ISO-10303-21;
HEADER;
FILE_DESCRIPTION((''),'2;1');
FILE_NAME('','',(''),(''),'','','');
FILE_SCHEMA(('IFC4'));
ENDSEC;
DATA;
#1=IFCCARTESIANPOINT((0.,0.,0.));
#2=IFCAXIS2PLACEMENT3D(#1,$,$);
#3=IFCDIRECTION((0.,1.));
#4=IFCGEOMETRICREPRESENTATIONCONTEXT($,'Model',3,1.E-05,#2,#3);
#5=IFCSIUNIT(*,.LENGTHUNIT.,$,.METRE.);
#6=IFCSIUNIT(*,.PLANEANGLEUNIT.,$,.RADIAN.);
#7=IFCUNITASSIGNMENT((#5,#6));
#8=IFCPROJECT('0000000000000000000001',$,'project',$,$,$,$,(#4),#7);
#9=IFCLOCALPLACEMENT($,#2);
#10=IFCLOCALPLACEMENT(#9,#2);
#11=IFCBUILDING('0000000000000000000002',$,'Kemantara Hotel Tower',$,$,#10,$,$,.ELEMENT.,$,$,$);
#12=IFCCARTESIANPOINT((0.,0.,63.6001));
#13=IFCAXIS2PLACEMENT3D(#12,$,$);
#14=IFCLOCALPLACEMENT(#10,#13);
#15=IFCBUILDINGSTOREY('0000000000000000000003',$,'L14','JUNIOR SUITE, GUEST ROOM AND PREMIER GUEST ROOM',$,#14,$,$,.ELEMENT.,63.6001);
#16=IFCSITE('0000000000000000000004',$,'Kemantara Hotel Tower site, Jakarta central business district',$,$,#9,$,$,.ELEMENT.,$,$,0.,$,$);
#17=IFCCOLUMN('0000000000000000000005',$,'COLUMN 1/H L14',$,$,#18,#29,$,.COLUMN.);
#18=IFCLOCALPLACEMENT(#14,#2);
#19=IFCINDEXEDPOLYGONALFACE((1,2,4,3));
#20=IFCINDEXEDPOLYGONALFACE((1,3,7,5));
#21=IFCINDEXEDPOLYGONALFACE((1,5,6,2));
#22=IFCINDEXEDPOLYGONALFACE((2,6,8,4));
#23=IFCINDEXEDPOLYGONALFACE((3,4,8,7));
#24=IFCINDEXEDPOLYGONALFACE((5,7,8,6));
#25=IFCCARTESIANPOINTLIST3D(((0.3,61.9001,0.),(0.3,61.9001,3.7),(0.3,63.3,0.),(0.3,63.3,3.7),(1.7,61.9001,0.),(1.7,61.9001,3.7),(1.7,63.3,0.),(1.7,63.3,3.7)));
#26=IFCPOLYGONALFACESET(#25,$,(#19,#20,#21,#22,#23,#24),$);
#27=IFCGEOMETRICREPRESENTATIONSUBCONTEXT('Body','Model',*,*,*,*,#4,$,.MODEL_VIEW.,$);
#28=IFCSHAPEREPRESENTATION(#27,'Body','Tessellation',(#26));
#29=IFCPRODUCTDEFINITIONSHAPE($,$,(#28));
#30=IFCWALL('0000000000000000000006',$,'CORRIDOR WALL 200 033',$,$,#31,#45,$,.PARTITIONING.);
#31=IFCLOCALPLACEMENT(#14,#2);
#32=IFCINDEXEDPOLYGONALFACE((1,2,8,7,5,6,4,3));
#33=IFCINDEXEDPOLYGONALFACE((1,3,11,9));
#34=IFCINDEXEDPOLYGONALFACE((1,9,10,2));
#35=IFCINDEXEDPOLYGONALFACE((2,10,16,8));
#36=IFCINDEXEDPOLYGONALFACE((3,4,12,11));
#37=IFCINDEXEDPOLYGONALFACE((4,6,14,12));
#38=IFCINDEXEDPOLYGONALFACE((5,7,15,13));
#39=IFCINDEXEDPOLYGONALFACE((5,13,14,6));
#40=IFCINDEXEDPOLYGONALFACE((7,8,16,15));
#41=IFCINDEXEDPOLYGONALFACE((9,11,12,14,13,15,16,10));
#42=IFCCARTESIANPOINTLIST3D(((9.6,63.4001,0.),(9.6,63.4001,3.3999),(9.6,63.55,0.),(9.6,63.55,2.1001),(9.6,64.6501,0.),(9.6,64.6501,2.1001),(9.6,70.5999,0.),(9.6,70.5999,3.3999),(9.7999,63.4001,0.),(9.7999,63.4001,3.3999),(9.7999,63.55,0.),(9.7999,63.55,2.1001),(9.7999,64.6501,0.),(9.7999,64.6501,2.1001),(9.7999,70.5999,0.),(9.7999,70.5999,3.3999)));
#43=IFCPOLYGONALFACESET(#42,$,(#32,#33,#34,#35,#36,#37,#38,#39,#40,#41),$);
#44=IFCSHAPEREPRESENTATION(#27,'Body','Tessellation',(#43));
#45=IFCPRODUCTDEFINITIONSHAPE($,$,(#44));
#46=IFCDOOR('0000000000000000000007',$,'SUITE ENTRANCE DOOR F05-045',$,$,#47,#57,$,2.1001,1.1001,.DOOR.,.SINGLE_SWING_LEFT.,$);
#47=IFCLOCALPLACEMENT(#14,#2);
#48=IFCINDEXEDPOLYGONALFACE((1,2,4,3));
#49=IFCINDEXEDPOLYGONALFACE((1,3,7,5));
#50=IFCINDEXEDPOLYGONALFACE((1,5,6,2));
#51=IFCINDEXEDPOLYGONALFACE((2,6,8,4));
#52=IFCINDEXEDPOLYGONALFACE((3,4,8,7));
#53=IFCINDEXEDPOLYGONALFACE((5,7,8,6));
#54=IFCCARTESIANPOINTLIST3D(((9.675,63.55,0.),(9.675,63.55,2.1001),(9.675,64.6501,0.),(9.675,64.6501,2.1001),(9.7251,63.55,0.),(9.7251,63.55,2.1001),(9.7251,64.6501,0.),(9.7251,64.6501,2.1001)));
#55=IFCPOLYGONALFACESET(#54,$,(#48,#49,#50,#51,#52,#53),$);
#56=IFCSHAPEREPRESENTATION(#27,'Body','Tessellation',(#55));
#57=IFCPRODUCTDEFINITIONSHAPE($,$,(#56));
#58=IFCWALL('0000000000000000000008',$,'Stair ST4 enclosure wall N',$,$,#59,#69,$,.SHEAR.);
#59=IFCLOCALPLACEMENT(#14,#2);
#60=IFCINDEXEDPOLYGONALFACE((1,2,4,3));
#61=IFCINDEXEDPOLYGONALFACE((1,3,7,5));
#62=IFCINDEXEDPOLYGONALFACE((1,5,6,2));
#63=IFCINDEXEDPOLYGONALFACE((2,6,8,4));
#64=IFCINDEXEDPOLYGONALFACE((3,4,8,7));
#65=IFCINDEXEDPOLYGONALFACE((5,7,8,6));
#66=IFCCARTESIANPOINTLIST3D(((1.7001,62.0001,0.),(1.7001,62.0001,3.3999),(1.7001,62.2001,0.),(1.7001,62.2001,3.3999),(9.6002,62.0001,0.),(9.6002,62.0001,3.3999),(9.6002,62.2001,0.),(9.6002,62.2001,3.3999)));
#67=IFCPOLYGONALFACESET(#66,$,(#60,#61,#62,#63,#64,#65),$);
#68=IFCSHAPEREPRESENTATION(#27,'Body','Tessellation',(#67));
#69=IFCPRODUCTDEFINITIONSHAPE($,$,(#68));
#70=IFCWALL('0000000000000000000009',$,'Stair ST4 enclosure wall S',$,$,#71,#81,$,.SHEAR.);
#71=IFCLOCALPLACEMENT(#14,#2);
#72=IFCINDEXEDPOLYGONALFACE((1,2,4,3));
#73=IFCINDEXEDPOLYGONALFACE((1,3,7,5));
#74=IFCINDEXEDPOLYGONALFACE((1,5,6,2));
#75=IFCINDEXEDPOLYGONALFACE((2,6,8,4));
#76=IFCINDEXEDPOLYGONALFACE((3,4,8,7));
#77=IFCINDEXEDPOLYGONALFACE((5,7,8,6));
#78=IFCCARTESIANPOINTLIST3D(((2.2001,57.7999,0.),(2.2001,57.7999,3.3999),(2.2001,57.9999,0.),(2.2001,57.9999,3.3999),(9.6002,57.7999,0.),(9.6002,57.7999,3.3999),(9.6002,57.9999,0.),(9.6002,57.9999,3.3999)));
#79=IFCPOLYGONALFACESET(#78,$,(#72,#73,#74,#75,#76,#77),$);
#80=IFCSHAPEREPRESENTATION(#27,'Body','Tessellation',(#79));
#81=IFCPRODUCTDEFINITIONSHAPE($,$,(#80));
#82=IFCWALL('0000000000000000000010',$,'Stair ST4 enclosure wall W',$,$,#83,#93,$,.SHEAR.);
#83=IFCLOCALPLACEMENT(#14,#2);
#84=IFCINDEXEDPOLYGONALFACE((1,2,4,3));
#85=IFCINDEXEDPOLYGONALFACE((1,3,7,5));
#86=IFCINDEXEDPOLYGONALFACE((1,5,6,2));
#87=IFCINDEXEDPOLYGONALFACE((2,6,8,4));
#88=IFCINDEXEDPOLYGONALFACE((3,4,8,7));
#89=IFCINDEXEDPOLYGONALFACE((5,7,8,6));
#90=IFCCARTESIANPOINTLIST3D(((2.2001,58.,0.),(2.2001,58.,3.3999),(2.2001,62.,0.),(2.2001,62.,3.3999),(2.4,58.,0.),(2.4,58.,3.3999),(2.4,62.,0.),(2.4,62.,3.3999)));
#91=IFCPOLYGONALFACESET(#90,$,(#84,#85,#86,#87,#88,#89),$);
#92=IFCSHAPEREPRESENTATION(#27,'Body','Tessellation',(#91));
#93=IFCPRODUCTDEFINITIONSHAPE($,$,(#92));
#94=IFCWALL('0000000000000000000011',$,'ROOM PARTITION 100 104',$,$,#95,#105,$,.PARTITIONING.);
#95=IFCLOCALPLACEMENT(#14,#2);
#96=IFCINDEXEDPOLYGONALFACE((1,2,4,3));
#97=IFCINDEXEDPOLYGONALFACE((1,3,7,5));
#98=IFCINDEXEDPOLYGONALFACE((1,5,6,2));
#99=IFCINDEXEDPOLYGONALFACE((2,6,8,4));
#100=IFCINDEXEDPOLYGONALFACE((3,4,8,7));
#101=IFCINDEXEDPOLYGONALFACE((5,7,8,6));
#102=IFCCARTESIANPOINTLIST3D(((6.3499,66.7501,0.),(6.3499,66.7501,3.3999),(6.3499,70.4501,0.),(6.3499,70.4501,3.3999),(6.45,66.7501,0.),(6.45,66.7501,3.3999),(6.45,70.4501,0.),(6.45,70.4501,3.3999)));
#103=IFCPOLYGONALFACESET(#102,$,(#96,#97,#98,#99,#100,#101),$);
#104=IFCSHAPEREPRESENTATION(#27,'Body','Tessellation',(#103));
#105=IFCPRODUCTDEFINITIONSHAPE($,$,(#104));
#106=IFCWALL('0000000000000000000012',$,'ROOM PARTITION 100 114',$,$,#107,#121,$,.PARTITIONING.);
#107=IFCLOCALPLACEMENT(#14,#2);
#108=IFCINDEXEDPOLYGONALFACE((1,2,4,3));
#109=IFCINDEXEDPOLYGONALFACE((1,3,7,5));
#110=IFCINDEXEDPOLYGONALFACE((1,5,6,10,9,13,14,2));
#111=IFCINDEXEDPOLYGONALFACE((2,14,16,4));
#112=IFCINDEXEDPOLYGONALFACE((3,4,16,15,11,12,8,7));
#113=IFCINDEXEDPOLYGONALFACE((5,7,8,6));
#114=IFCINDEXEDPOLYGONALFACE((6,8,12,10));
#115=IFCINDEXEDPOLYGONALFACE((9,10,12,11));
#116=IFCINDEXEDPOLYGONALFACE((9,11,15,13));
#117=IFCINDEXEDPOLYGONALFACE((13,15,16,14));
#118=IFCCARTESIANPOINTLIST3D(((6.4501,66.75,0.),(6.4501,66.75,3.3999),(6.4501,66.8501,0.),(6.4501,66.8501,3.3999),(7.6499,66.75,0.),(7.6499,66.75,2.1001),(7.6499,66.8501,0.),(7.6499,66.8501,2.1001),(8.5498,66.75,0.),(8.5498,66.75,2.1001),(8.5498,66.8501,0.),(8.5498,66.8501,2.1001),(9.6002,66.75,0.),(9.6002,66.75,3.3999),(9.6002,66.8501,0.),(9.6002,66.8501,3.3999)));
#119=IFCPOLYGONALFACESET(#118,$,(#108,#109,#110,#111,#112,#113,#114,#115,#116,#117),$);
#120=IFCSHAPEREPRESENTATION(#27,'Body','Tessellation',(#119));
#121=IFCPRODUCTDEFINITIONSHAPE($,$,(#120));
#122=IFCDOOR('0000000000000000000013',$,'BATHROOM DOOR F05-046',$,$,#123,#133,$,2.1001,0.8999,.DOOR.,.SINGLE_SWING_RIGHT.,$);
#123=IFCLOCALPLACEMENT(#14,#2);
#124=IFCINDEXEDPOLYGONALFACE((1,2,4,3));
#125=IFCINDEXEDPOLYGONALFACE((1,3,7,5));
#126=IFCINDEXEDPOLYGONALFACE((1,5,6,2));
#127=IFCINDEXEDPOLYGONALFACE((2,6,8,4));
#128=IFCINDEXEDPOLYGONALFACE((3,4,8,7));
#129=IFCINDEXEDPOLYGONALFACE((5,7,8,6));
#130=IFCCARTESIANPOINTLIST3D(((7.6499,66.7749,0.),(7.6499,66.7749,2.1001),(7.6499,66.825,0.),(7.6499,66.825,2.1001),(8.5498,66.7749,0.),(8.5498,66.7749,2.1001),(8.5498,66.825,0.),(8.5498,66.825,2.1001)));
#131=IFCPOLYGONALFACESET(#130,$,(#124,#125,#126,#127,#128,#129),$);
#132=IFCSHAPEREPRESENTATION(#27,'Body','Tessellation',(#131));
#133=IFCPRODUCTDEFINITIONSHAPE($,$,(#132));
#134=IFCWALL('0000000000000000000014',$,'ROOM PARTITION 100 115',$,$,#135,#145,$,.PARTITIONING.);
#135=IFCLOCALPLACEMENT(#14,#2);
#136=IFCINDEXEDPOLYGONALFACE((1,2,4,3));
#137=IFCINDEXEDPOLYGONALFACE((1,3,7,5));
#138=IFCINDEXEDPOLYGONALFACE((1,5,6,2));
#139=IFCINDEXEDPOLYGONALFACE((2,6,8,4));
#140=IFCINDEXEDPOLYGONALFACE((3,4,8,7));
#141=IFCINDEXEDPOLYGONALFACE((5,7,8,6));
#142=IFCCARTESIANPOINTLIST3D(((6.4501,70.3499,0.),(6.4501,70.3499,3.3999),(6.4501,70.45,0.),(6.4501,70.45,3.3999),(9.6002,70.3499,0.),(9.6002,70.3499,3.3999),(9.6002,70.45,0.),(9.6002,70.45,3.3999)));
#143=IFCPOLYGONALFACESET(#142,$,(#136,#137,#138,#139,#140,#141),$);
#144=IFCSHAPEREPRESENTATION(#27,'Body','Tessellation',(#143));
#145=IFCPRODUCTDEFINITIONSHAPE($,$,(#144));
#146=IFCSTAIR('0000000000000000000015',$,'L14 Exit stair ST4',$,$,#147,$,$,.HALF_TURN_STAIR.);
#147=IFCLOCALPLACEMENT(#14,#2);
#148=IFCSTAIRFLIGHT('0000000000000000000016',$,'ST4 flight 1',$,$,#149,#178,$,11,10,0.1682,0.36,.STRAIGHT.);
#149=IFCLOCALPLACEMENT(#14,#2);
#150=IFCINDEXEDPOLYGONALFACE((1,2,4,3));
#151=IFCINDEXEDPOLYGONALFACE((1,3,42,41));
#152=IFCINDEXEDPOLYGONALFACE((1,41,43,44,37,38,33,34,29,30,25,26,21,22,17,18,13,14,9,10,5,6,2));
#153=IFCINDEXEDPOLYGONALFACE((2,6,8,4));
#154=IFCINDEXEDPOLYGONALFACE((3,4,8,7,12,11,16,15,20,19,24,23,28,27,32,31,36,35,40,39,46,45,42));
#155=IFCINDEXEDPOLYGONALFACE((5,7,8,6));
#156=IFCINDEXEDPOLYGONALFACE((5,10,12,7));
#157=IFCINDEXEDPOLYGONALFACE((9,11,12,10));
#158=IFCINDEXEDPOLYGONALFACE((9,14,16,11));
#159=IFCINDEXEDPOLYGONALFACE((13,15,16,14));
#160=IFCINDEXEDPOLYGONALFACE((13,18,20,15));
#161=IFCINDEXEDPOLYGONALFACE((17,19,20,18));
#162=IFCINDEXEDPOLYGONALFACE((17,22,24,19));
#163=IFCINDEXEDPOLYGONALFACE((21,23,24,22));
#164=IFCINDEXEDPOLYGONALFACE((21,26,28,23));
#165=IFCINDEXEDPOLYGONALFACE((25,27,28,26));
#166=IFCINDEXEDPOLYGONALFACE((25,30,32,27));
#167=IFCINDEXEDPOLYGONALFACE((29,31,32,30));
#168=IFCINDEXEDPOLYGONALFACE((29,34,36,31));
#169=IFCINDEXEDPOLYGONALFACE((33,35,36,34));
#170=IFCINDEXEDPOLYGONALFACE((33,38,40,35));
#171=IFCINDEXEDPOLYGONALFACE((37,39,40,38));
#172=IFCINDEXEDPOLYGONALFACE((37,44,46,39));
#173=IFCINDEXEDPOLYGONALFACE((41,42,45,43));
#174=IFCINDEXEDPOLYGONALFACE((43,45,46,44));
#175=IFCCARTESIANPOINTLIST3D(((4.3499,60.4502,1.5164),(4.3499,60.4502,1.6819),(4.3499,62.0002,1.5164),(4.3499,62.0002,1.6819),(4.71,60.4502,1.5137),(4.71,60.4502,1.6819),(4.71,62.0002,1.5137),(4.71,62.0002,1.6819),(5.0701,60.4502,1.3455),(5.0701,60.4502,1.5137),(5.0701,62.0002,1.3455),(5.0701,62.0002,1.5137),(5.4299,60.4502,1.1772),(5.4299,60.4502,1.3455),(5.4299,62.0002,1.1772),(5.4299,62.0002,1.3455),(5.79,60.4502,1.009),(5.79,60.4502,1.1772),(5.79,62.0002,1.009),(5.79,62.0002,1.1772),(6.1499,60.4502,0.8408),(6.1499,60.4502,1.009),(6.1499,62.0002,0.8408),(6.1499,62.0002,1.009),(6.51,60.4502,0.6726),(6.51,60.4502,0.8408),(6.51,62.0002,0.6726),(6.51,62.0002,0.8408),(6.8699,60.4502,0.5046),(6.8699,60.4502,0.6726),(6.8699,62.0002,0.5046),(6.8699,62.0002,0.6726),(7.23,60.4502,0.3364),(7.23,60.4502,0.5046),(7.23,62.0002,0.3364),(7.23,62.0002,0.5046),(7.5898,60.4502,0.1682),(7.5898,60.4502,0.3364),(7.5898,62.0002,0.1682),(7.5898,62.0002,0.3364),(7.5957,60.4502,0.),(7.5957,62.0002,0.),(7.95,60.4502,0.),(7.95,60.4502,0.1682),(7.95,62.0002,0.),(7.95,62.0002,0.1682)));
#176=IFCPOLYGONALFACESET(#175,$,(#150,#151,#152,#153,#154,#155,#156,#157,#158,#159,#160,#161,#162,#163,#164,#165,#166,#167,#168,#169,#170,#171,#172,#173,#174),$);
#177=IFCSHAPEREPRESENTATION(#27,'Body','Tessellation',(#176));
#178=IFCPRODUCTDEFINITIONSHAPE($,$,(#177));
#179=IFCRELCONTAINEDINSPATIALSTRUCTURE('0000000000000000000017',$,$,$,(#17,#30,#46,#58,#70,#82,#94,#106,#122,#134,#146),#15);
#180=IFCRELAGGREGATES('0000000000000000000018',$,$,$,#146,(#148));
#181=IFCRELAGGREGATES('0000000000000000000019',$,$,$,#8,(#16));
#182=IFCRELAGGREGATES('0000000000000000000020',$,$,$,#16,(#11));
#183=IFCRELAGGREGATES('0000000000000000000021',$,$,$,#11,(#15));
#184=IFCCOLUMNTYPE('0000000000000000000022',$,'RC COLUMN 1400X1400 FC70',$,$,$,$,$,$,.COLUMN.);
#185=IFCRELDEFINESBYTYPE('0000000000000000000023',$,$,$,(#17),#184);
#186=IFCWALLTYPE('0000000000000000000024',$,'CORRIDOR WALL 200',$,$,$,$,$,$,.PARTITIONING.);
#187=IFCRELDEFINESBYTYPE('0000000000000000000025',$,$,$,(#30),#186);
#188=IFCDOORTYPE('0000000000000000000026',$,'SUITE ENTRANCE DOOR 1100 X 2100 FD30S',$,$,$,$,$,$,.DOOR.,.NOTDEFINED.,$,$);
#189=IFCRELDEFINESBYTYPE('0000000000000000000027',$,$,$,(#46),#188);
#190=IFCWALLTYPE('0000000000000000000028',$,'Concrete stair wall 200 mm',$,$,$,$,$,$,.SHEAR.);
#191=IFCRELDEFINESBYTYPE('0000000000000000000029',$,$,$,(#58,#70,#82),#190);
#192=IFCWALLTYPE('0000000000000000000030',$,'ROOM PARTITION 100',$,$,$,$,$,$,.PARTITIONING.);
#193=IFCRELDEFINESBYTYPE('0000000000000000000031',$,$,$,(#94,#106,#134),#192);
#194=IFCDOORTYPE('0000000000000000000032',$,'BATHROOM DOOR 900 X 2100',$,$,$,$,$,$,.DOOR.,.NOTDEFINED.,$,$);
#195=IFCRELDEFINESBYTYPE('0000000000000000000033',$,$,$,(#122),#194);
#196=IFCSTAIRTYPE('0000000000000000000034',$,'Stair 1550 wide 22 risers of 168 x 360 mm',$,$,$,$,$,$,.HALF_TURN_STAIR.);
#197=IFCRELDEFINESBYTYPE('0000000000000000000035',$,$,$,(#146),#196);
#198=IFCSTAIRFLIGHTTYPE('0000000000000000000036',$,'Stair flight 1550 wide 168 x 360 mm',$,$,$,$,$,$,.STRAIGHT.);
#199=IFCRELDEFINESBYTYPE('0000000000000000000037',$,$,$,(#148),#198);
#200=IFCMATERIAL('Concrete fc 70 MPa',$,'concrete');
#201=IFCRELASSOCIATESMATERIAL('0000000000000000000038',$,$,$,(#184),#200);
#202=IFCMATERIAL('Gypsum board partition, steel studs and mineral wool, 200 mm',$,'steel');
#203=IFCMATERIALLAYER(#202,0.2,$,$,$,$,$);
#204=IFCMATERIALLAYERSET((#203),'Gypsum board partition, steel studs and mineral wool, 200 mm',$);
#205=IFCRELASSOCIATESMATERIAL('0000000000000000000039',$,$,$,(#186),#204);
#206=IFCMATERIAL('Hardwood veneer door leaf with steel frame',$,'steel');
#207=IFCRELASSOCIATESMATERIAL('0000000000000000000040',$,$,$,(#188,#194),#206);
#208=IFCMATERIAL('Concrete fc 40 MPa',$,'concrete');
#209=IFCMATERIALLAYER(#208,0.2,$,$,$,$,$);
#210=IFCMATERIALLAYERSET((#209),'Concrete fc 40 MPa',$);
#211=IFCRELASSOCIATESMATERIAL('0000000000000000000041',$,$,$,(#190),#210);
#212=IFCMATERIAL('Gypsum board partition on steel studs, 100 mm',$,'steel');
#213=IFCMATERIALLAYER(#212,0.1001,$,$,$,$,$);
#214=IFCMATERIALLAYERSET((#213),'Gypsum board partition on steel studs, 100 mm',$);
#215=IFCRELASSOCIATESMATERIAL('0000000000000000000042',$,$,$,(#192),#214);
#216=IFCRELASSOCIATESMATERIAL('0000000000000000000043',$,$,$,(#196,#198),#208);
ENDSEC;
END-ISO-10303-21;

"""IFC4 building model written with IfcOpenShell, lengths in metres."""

from ifc_helpers import new_model, si_unit, direction, frame, frame_2d, origin, origin_2d, place, context, subcontext, project, spatial, polyline, rectangle, outline, extrude, material, layer, layer_set, material_profile, profile_set, type_object, element, fill, aggregate, save


model = new_model("IFC4")

# Units and contexts
model_context = context("Model", 3, precision=1e-05, world=origin(), true_north=direction((0.0, 1.0)))
body_context = subcontext(model_context, "Body", "Model", "MODEL_VIEW")
ifc_project = project(units=[si_unit("LENGTHUNIT", "METRE"), si_unit("PLANEANGLEUNIT", "RADIAN")], contexts=[model_context])

# Site, building, storey
site_placement = place(None, origin())
site = spatial("IfcSite", under=ifc_project, at=site_placement, Name="Kemantara Hotel Tower site, Jakarta central business district", CompositionType="ELEMENT", RefElevation=0.0)
building_placement = place(site_placement, origin())
building = spatial("IfcBuilding", under=site, at=building_placement, Name="Kemantara Hotel Tower", CompositionType="ELEMENT")
storey_placement = place(building_placement, frame((0.0, 0.0, 63.6001)))
storey = spatial("IfcBuildingStorey", under=building, at=storey_placement, Name="L14", Description="JUNIOR SUITE, GUEST ROOM AND PREMIER GUEST ROOM", CompositionType="ELEMENT", Elevation=63.6001)

# Column
ifc_material_1 = material(Name="Concrete fc 70 MPa", Category="concrete")
ifc_material_profile = material_profile(ifc_material_1, rectangle(XDim=1.3999, YDim=1.3999, at=origin_2d()), Name="RC 1400X1400")
ifc_profile_set = profile_set([ifc_material_profile], Name="Concrete fc 70 MPa")
column_type = type_object("IfcColumnType", Name="RC COLUMN 1400X1400 FC70", PredefinedType="COLUMN", material=ifc_profile_set)
column_placement = place(storey_placement, frame((1.0, 62.6001, 0.0), z_axis=(0.0, 0.0, 1.0), x_axis=(1.0, 0.0, 0.0)))
element("IfcColumn", 1, at=column_placement, inside=storey, type_object=column_type, Name="COLUMN 1/H L14", PredefinedType="COLUMN", context=body_context, shape_type="SweptSolid", body=[
    extrude(rectangle(XDim=1.3999, YDim=1.3999, at=origin_2d()), origin(), (0.0, 0.0, 1.0), 3.7),
])

# Wall, opening, door
ifc_material_2 = material(Name="Gypsum board partition, steel studs and mineral wool, 200 mm", Category="steel")
ifc_layer_1 = layer(ifc_material_2, 0.2)
ifc_layer_set_1 = layer_set([ifc_layer_1], Name="Gypsum board partition, steel studs and mineral wool, 200 mm")
wall_type_1 = type_object("IfcWallType", Name="CORRIDOR WALL 200", PredefinedType="PARTITIONING", material=ifc_layer_set_1)
wall_1_placement = place(storey_placement, frame((9.7, 63.4001, 0.0), z_axis=(0.0, 0.0, 1.0), x_axis=(0.0, 1.0, 0.0)))
wall_1 = element("IfcWall", 2, at=wall_1_placement, inside=storey, type_object=wall_type_1, Name="CORRIDOR WALL 200 033", PredefinedType="PARTITIONING", context=body_context, shape_type="SweptSolid", body=[
    extrude(rectangle(XDim=7.1997, YDim=0.2, at=frame_2d((3.5999, 0.0))), origin(), (0.0, 0.0, 1.0), 3.3999),
])
opening_1_placement = place(wall_1_placement, frame((0.1499, 0.0, 0.0)))
opening_1 = element("IfcOpeningElement", 3, at=opening_1_placement, cuts=wall_1, PredefinedType="OPENING", context=body_context, shape_type="SweptSolid", body=[
    extrude(rectangle(XDim=1.1001, YDim=2.1001, at=frame_2d((0.55, 1.05))), frame((0.0, 0.1099, 0.0), z_axis=(0.0, -1.0, 0.0), x_axis=(1.0, 0.0, 0.0)), (0.0, 0.0, 1.0), 0.22),
])
ifc_material_3 = material(Name="Hardwood veneer door leaf with steel frame", Category="steel")
door_type_1 = type_object("IfcDoorType", Name="SUITE ENTRANCE DOOR 1100 X 2100 FD30S", OperationType="NOTDEFINED", PredefinedType="DOOR", material=ifc_material_3)
door_1_placement = place(opening_1_placement, origin())
door_1 = element("IfcDoor", 4, at=door_1_placement, inside=storey, type_object=door_type_1, Name="SUITE ENTRANCE DOOR F05-045", OperationType="SINGLE_SWING_LEFT", OverallHeight=2.1001, OverallWidth=1.1001, PredefinedType="DOOR", context=body_context, shape_type="SweptSolid", body=[
    extrude(rectangle(XDim=1.1001, YDim=2.1001, at=frame_2d((0.55, 1.05))), frame((0.0, 0.0249, 0.0), z_axis=(0.0, -1.0, 0.0), x_axis=(1.0, 0.0, 0.0)), (0.0, 0.0, 1.0), 0.05),
])
fill(opening_1, door_1)

# Walls
ifc_material_4 = material(Name="Concrete fc 40 MPa", Category="concrete")
ifc_layer_2 = layer(ifc_material_4, 0.2)
ifc_layer_set_2 = layer_set([ifc_layer_2], Name="Concrete fc 40 MPa")
wall_type_2 = type_object("IfcWallType", Name="Concrete stair wall 200 mm", PredefinedType="SHEAR", material=ifc_layer_set_2)
wall_2_placement = place(storey_placement, frame((1.7, 62.1001, 0.0), z_axis=(0.0, 0.0, 1.0), x_axis=(1.0, 0.0, 0.0)))
element("IfcWall", 5, at=wall_2_placement, inside=storey, type_object=wall_type_2, Name="Stair ST4 enclosure wall N", PredefinedType="SHEAR", context=body_context, shape_type="SweptSolid", body=[
    extrude(rectangle(XDim=7.9001, YDim=0.2, at=frame_2d((3.9502, 0.0))), origin(), (0.0, 0.0, 1.0), 3.3999),
])
wall_3_placement = place(storey_placement, frame((2.2, 57.8999, 0.0), z_axis=(0.0, 0.0, 1.0), x_axis=(1.0, 0.0, 0.0)))
element("IfcWall", 6, at=wall_3_placement, inside=storey, type_object=wall_type_2, Name="Stair ST4 enclosure wall S", PredefinedType="SHEAR", context=body_context, shape_type="SweptSolid", body=[
    extrude(rectangle(XDim=7.4001, YDim=0.2, at=frame_2d((3.7002, 0.0))), origin(), (0.0, 0.0, 1.0), 3.3999),
])
wall_4_placement = place(storey_placement, frame((2.3, 58.0, 0.0), z_axis=(0.0, 0.0, 1.0), x_axis=(0.0, 1.0, 0.0)))
element("IfcWall", 7, at=wall_4_placement, inside=storey, type_object=wall_type_2, Name="Stair ST4 enclosure wall W", PredefinedType="SHEAR", context=body_context, shape_type="SweptSolid", body=[
    extrude(rectangle(XDim=4.0, YDim=0.2, at=frame_2d((2.0, 0.0))), origin(), (0.0, 0.0, 1.0), 3.3999),
])
ifc_material_5 = material(Name="Gypsum board partition on steel studs, 100 mm", Category="steel")
ifc_layer_3 = layer(ifc_material_5, 0.1001)
ifc_layer_set_3 = layer_set([ifc_layer_3], Name="Gypsum board partition on steel studs, 100 mm")
wall_type_3 = type_object("IfcWallType", Name="ROOM PARTITION 100", PredefinedType="PARTITIONING", material=ifc_layer_set_3)
wall_5_placement = place(storey_placement, frame((6.3999, 66.75, 0.0), z_axis=(0.0, 0.0, 1.0), x_axis=(0.0, 1.0, 0.0)))
element("IfcWall", 8, at=wall_5_placement, inside=storey, type_object=wall_type_3, Name="ROOM PARTITION 100 104", PredefinedType="PARTITIONING", context=body_context, shape_type="SweptSolid", body=[
    extrude(rectangle(XDim=3.7, YDim=0.1001, at=frame_2d((1.8501, 0.0))), origin(), (0.0, 0.0, 1.0), 3.3999),
])

# Wall, opening, door
wall_6_placement = place(storey_placement, frame((6.45, 66.8, 0.0), z_axis=(0.0, 0.0, 1.0), x_axis=(1.0, 0.0, 0.0)))
wall_6 = element("IfcWall", 9, at=wall_6_placement, inside=storey, type_object=wall_type_3, Name="ROOM PARTITION 100 114", PredefinedType="PARTITIONING", context=body_context, shape_type="SweptSolid", body=[
    extrude(rectangle(XDim=3.1501, YDim=0.1001, at=frame_2d((1.5752, 0.0))), origin(), (0.0, 0.0, 1.0), 3.3999),
])
opening_2_placement = place(wall_6_placement, frame((1.2, 0.0, 0.0)))
opening_2 = element("IfcOpeningElement", 10, at=opening_2_placement, cuts=wall_6, PredefinedType="OPENING", context=body_context, shape_type="SweptSolid", body=[
    extrude(rectangle(XDim=0.8999, YDim=2.1001, at=frame_2d((0.45, 1.05))), frame((0.0, 0.0601, 0.0), z_axis=(0.0, -1.0, 0.0), x_axis=(1.0, 0.0, 0.0)), (0.0, 0.0, 1.0), 0.1201),
])
door_type_2 = type_object("IfcDoorType", Name="BATHROOM DOOR 900 X 2100", OperationType="NOTDEFINED", PredefinedType="DOOR", material=ifc_material_3)
door_2_placement = place(opening_2_placement, origin())
door_2 = element("IfcDoor", 11, at=door_2_placement, inside=storey, type_object=door_type_2, Name="BATHROOM DOOR F05-046", OperationType="SINGLE_SWING_RIGHT", OverallHeight=2.1001, OverallWidth=0.8999, PredefinedType="DOOR", context=body_context, shape_type="SweptSolid", body=[
    extrude(rectangle(XDim=0.8999, YDim=2.1001, at=frame_2d((0.45, 1.05))), frame((0.0, 0.0249, 0.0), z_axis=(0.0, -1.0, 0.0), x_axis=(1.0, 0.0, 0.0)), (0.0, 0.0, 1.0), 0.05),
])
fill(opening_2, door_2)

# Wall
wall_7_placement = place(storey_placement, frame((6.45, 70.3999, 0.0), z_axis=(0.0, 0.0, 1.0), x_axis=(1.0, 0.0, 0.0)))
element("IfcWall", 12, at=wall_7_placement, inside=storey, type_object=wall_type_3, Name="ROOM PARTITION 100 115", PredefinedType="PARTITIONING", context=body_context, shape_type="SweptSolid", body=[
    extrude(rectangle(XDim=3.1501, YDim=0.1001, at=frame_2d((1.5752, 0.0))), origin(), (0.0, 0.0, 1.0), 3.3999),
])

# Stair, stair flight
stair_type = type_object("IfcStairType", Name="Stair 1550 wide 22 risers of 168 x 360 mm", PredefinedType="HALF_TURN_STAIR", material=ifc_material_4)
stair_placement = place(storey_placement, origin())
stair = element("IfcStair", 13, at=stair_placement, inside=storey, type_object=stair_type, Name="L14 Exit stair ST4", PredefinedType="HALF_TURN_STAIR")
stair_flight_type = type_object("IfcStairFlightType", Name="Stair flight 1550 wide 168 x 360 mm", PredefinedType="STRAIGHT", material=ifc_material_4)
stair_flight_1_placement = place(storey_placement, frame((7.95, 61.2251, 0.0), z_axis=(0.0, 0.0, 1.0), x_axis=(-1.0, 0.0, 0.0)))
stair_flight_1 = element("IfcStairFlight", 14, at=stair_flight_1_placement, type_object=stair_flight_type, Name="ST4 flight 1", NumberOfRisers=11, NumberOfTreads=10, PredefinedType="STRAIGHT", RiserHeight=0.1682, TreadLength=0.36, context=body_context, shape_type="SweptSolid", body=[
    extrude(outline(polyline([(0.0, 0.0), (0.0, 0.1682), (0.3601, 0.1682), (0.3601, 0.3364), (0.72, 0.3364), (0.72, 0.5046), (1.0801, 0.5046), (1.0801, 0.6726), (1.4399, 0.6726), (1.4399, 0.8408), (1.8, 0.8408), (1.8, 1.009), (2.1599, 1.009), (2.1599, 1.1772), (2.52, 1.1772), (2.52, 1.3455), (2.8799, 1.3455), (2.8799, 1.5137), (3.24, 1.5137), (3.24, 1.6819), (3.6001, 1.6819), (3.6001, 1.8501), (3.6001, 1.5164), (0.3542, 0.0), (0.0, 0.0)])), frame((0.0, 0.7749, 0.0), z_axis=(0.0, -1.0, 0.0), x_axis=(1.0, 0.0, 0.0)), (0.0, 0.0, 1.0), 1.55),
])
aggregate(stair, [stair_flight_1])

save(model, "model.ifc")
